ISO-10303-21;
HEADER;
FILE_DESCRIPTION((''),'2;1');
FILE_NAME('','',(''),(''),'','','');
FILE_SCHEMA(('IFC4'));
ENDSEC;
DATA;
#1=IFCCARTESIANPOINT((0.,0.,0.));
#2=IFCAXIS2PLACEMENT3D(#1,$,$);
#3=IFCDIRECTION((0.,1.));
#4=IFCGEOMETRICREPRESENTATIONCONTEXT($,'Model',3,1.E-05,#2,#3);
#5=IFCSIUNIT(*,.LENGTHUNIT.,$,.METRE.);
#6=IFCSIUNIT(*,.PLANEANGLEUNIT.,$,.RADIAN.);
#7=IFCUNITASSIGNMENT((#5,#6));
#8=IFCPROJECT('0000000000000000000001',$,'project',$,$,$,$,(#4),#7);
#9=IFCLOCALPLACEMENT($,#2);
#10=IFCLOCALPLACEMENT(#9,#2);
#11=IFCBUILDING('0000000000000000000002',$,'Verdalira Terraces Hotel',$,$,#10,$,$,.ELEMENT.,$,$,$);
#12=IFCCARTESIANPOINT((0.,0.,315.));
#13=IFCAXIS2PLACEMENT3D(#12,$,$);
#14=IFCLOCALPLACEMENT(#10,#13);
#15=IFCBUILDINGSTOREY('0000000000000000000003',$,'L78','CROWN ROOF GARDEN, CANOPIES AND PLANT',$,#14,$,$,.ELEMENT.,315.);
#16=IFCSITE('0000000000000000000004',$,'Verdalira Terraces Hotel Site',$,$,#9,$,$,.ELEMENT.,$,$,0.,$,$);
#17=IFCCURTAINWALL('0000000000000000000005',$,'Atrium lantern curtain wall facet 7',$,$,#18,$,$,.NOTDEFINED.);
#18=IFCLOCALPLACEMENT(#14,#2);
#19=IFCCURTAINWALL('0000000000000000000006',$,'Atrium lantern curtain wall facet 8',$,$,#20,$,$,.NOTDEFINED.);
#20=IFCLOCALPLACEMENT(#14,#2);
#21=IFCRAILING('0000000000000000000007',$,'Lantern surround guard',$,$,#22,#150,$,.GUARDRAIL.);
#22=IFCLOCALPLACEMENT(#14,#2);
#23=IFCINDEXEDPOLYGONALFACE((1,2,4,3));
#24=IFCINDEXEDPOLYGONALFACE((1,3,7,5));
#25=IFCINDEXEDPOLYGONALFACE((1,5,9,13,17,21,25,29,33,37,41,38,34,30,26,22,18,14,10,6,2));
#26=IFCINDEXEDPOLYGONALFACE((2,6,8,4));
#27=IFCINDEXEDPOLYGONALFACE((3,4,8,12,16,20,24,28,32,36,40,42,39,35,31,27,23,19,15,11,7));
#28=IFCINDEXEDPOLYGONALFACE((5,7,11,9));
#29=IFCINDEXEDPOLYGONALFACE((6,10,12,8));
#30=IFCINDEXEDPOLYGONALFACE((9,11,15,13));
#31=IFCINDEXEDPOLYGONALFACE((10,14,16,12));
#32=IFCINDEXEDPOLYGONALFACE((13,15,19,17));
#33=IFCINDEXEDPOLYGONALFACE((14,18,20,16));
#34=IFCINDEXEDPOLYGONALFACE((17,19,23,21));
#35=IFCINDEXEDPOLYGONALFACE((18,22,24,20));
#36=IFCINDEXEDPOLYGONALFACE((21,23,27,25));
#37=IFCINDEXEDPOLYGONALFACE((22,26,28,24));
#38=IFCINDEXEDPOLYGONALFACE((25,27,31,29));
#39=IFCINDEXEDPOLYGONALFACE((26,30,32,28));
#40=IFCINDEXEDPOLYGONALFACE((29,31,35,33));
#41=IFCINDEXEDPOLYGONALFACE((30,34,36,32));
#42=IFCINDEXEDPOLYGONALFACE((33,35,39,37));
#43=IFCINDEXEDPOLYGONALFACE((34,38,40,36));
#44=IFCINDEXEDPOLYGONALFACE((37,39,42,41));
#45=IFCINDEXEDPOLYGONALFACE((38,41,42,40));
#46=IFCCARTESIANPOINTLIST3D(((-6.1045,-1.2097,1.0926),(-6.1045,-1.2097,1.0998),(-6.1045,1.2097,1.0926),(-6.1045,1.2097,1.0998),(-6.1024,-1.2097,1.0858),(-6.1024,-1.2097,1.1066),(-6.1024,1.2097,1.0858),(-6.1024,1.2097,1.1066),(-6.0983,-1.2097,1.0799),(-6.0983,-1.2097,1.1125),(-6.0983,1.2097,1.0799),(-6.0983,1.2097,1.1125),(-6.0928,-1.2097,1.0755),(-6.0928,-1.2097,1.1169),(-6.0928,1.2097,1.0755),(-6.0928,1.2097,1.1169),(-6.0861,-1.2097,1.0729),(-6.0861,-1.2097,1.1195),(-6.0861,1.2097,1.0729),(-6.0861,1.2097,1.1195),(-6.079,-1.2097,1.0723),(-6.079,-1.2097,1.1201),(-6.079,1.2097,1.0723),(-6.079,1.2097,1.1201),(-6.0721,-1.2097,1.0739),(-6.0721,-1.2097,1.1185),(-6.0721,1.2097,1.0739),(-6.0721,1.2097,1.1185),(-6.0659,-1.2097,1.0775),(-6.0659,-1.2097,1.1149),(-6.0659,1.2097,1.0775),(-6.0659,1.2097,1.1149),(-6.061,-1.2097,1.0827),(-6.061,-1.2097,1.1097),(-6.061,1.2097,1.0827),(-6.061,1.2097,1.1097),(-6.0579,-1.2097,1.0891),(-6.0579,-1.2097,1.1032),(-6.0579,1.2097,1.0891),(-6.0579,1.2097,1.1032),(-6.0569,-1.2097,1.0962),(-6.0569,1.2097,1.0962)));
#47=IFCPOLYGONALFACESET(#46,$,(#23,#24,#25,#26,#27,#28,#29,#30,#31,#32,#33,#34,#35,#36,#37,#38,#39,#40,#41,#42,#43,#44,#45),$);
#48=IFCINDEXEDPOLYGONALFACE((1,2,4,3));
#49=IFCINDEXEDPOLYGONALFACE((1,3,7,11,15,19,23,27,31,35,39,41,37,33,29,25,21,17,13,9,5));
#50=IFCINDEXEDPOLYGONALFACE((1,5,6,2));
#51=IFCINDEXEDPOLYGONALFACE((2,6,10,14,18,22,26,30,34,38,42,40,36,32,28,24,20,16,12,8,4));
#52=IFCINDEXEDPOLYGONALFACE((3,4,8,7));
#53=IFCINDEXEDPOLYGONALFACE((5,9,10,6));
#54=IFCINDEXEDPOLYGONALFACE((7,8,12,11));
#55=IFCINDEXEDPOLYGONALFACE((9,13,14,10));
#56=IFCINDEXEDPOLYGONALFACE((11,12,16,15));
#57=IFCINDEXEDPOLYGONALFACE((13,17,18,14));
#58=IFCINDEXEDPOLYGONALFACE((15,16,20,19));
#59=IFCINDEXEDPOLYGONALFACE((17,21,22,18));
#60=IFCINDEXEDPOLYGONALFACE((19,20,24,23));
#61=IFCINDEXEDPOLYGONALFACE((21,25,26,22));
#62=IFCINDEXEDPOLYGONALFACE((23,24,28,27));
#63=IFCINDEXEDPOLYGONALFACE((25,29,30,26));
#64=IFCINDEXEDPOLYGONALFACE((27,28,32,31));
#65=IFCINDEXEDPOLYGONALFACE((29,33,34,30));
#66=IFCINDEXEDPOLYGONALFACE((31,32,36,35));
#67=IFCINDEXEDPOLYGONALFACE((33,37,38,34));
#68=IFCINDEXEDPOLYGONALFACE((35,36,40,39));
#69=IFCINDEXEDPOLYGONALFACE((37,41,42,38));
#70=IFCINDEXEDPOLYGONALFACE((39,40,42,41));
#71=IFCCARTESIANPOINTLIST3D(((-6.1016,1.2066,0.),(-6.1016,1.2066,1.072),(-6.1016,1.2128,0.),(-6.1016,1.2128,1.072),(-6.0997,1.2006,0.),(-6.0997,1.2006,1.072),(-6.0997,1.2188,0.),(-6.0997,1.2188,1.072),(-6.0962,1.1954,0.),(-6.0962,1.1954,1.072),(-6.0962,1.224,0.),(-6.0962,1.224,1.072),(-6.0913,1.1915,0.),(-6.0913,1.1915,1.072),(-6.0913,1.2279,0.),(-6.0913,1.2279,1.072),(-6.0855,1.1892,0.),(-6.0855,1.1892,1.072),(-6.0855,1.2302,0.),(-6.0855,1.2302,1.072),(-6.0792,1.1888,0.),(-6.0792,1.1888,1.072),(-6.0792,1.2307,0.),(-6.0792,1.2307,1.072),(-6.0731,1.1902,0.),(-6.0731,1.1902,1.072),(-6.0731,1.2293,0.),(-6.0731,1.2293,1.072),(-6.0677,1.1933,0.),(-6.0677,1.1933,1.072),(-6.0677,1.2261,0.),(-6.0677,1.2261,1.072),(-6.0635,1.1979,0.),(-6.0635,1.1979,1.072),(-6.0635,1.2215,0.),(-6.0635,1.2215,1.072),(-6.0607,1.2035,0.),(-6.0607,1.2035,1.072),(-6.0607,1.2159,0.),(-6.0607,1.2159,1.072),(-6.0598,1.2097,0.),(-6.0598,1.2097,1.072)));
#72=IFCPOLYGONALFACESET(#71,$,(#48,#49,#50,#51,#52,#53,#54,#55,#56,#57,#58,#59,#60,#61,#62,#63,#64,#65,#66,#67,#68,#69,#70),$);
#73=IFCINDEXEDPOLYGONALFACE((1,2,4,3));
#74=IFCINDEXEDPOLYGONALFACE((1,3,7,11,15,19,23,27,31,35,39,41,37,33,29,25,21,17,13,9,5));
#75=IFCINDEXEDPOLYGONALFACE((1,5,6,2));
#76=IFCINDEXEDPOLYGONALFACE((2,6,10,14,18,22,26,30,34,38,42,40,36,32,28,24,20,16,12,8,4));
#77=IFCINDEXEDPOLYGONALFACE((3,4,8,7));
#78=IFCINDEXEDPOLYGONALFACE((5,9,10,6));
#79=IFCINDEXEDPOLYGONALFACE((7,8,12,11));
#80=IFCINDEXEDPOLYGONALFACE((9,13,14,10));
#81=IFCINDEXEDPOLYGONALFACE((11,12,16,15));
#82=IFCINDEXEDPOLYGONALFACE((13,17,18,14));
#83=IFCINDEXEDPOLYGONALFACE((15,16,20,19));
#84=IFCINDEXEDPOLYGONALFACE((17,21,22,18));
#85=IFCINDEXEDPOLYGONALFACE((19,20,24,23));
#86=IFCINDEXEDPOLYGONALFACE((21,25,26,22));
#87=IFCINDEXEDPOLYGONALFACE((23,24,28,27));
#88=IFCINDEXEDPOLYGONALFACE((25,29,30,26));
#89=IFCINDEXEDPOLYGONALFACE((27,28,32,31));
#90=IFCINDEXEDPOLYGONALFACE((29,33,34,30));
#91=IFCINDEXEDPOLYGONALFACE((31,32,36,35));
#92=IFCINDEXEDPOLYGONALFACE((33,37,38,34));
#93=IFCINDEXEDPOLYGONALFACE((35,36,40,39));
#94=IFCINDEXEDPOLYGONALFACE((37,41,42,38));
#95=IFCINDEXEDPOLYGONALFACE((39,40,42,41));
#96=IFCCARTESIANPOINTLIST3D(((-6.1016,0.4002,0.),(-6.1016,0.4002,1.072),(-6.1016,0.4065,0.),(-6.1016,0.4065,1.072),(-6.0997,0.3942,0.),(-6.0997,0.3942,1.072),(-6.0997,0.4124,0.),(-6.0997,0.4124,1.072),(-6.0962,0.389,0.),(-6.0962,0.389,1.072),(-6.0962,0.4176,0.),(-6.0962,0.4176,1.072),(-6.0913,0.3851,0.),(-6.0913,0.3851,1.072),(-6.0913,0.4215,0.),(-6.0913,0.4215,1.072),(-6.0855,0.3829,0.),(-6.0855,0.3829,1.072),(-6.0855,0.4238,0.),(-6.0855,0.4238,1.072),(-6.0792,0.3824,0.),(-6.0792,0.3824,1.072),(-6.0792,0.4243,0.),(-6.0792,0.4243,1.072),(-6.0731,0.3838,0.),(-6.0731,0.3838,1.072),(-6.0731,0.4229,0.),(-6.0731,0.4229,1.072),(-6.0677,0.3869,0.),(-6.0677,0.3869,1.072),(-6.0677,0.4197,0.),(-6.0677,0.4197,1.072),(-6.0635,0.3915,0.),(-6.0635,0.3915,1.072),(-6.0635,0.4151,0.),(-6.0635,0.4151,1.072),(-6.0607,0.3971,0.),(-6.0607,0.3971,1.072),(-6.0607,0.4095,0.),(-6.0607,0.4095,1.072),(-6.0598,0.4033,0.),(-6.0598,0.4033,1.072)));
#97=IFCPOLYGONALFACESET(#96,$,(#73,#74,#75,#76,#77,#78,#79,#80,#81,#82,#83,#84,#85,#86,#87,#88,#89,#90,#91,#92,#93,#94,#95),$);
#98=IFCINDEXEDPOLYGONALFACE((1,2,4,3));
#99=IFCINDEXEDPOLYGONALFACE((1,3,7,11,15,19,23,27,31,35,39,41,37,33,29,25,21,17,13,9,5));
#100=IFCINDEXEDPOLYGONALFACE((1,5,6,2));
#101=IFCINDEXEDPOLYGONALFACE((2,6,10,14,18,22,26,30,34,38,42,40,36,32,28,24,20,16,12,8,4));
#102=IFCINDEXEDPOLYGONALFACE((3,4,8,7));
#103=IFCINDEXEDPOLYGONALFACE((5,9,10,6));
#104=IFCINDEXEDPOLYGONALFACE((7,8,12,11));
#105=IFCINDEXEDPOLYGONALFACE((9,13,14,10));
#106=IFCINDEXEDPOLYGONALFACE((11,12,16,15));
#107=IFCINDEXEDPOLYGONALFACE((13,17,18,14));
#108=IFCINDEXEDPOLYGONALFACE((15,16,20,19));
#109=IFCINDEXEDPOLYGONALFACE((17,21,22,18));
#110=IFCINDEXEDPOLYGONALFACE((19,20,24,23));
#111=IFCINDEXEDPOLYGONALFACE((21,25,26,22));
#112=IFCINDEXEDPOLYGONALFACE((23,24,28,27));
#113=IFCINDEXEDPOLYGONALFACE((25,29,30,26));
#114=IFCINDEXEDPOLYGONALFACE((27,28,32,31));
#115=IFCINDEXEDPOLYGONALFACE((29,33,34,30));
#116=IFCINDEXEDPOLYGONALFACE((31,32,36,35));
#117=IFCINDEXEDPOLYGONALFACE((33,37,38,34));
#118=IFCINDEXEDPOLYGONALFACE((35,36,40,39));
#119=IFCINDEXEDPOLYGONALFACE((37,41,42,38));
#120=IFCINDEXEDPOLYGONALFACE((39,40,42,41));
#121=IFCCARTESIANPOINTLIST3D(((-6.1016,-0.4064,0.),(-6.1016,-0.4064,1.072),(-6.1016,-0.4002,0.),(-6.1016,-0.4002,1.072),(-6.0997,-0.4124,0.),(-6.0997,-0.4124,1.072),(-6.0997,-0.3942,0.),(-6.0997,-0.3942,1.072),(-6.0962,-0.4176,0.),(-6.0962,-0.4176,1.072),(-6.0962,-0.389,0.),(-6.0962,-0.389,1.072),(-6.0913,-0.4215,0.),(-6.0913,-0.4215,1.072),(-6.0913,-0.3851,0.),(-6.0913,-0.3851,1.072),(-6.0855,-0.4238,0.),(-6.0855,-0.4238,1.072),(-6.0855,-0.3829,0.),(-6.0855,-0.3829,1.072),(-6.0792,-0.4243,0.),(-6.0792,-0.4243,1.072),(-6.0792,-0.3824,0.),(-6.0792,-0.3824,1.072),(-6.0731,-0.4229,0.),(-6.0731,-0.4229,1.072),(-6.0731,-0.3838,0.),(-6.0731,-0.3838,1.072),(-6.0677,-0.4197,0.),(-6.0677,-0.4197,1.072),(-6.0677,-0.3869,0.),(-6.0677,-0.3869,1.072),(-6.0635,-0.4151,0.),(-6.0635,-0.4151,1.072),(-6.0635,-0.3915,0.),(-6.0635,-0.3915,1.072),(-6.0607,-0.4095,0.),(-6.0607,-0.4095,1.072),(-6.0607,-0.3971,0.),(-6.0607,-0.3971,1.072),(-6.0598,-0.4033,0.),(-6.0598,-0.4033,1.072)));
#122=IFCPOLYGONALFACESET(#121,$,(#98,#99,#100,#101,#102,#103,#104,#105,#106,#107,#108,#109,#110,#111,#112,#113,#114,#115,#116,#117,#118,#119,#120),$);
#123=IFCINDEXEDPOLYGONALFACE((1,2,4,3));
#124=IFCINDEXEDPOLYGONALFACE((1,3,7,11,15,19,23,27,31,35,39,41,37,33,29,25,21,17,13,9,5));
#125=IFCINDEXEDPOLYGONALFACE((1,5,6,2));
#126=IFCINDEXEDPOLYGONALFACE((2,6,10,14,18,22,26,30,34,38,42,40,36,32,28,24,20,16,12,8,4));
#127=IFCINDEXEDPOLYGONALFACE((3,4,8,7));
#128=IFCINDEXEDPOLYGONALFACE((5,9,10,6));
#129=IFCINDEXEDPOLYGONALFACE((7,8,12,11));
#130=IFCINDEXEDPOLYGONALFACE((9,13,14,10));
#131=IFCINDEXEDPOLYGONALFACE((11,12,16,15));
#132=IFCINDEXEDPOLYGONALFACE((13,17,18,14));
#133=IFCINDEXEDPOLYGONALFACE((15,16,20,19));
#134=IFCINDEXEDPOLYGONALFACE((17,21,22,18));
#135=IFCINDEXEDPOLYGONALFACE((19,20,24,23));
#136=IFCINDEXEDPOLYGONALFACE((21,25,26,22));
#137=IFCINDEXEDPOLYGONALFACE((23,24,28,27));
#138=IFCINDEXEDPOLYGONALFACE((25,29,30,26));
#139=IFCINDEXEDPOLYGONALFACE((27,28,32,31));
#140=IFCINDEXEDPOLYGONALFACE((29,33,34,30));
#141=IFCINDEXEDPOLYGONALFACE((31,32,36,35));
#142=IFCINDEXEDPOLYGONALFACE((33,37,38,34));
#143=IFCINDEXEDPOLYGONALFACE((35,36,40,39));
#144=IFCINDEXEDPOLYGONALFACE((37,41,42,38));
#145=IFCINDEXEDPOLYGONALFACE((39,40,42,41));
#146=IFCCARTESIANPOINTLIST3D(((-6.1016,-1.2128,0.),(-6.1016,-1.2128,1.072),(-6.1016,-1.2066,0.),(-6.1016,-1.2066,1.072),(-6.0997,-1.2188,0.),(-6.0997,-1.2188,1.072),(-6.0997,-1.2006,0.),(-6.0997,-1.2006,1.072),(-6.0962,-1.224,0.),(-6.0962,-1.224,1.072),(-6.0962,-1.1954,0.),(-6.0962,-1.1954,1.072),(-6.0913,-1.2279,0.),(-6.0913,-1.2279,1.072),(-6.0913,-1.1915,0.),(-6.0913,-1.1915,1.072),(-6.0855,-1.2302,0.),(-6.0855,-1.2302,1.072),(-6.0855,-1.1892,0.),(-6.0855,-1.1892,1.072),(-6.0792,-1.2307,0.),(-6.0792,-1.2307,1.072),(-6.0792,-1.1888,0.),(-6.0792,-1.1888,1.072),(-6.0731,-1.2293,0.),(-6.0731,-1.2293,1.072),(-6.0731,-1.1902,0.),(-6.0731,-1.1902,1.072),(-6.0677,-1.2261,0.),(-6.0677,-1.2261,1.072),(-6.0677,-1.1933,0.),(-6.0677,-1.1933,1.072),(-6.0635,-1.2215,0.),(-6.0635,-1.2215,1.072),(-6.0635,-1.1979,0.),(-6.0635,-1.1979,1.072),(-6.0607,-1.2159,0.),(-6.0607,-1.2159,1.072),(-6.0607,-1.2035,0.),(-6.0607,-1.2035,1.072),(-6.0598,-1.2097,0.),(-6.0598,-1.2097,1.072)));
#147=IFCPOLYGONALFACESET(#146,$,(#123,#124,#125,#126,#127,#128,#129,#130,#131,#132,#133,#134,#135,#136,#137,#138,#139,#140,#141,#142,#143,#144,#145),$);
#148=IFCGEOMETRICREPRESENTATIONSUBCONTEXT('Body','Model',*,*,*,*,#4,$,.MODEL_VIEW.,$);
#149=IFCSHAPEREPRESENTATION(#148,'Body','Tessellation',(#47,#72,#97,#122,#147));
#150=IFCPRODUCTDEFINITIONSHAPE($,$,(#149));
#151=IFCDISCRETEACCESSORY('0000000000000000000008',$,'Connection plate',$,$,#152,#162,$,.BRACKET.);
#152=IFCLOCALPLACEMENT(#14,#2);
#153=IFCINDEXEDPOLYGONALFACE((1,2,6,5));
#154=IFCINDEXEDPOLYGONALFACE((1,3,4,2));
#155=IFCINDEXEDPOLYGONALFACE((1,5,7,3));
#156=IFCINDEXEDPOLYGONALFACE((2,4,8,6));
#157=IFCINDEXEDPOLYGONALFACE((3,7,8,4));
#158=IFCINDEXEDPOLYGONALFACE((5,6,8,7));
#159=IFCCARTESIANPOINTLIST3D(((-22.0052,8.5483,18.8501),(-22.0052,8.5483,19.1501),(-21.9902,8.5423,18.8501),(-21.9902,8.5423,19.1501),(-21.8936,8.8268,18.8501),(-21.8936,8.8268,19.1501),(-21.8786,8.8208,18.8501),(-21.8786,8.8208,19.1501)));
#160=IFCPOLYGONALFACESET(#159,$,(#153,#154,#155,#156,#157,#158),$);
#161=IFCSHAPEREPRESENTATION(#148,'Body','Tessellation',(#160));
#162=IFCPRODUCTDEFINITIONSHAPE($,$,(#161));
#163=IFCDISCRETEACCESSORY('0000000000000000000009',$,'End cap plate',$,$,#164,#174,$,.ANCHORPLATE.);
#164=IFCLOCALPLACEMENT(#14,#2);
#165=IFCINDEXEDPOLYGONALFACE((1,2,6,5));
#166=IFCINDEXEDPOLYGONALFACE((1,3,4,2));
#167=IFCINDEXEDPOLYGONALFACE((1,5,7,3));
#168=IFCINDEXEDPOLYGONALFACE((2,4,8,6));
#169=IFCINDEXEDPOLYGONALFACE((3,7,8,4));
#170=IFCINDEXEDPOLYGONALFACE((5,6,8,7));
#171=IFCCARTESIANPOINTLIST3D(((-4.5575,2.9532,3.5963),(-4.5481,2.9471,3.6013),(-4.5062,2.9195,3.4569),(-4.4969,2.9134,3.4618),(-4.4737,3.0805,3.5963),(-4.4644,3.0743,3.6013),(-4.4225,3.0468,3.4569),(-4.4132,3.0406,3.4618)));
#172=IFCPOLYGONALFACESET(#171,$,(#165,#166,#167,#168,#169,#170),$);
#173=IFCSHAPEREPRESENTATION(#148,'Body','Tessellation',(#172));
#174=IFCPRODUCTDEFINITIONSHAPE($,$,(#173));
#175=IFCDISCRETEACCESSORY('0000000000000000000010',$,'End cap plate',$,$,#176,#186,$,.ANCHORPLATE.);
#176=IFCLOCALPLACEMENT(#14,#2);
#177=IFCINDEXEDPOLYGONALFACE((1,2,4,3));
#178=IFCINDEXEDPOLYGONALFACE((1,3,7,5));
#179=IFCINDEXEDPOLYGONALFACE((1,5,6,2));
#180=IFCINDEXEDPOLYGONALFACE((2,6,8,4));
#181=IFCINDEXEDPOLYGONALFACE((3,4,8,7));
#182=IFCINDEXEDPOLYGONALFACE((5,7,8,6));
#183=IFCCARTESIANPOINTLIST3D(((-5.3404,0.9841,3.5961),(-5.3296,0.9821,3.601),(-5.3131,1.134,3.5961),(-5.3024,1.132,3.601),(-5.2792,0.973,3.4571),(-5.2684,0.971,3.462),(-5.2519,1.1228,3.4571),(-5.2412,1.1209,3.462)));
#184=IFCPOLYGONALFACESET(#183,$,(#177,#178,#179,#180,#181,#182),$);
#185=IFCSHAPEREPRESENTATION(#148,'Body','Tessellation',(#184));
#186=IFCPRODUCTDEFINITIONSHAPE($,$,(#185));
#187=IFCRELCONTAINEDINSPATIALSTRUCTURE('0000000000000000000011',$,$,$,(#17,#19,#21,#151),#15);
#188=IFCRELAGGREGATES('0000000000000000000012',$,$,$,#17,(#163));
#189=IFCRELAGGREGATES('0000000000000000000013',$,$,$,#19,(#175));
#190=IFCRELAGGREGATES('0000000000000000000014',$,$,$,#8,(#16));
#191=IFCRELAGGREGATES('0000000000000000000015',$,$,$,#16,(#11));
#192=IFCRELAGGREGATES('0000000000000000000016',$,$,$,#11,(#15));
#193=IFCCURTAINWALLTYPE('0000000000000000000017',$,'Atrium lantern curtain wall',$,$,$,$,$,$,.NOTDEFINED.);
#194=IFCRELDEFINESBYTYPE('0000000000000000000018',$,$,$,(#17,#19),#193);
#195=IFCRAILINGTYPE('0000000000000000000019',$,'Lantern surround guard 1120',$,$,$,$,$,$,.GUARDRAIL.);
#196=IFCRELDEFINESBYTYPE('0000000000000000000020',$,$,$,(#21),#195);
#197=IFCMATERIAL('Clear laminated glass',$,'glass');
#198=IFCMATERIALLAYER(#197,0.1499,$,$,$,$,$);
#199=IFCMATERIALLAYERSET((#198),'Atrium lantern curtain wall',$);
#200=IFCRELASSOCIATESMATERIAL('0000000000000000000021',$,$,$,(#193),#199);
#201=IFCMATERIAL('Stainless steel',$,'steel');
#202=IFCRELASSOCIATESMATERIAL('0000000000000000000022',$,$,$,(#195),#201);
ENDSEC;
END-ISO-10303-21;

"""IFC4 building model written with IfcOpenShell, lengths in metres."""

from ifc_helpers import new_model, si_unit, direction, frame, origin, origin_2d, place, context, subcontext, project, spatial, rectangle, circle, extrude, material, layer, layer_set, type_object, element, aggregate, save


model = new_model("IFC4")

# Units and contexts
model_context = context("Model", 3, precision=1e-05, world=origin(), true_north=direction((0.0, 1.0)))
body_context = subcontext(model_context, "Body", "Model", "MODEL_VIEW")
ifc_project = project(units=[si_unit("LENGTHUNIT", "METRE"), si_unit("PLANEANGLEUNIT", "RADIAN")], contexts=[model_context])

# Site, building, storey
site_placement = place(None, origin())
site = spatial("IfcSite", under=ifc_project, at=site_placement, Name="Verdalira Terraces Hotel Site", CompositionType="ELEMENT", RefElevation=0.0)
building_placement = place(site_placement, origin())
building = spatial("IfcBuilding", under=site, at=building_placement, Name="Verdalira Terraces Hotel", CompositionType="ELEMENT")
storey_placement = place(building_placement, frame((0.0, 0.0, 315.0)))
storey = spatial("IfcBuildingStorey", under=building, at=storey_placement, Name="L78", Description="CROWN ROOF GARDEN, CANOPIES AND PLANT", CompositionType="ELEMENT", Elevation=315.0)

# Curtain wall
ifc_material_1 = material(Name="Clear laminated glass", Category="glass")
ifc_layer_1 = layer(ifc_material_1, 0.1499)
ifc_layer_set_1 = layer_set([ifc_layer_1], Name="Atrium lantern curtain wall")
curtain_wall_type = type_object("IfcCurtainWallType", Name="Atrium lantern curtain wall", PredefinedType="NOTDEFINED", material=ifc_layer_set_1)
curtain_wall_1_placement = place(storey_placement, origin())
curtain_wall_1 = element("IfcCurtainWall", 1, at=curtain_wall_1_placement, inside=storey, type_object=curtain_wall_type, Name="Atrium lantern curtain wall facet 7", PredefinedType="NOTDEFINED")

# Curtain wall
curtain_wall_2_placement = place(storey_placement, origin())
curtain_wall_2 = element("IfcCurtainWall", 2, at=curtain_wall_2_placement, inside=storey, type_object=curtain_wall_type, Name="Atrium lantern curtain wall facet 8", PredefinedType="NOTDEFINED")

# Railing
ifc_material_2 = material(Name="Stainless steel", Category="steel")
railing_type = type_object("IfcRailingType", Name="Lantern surround guard 1120", PredefinedType="GUARDRAIL", material=ifc_material_2)
railing_1_placement = place(storey_placement, frame((-6.0808, 1.2097, 0.0)))
element("IfcRailing", 3, at=railing_1_placement, inside=storey, type_object=railing_type, Name="Lantern surround guard", PredefinedType="GUARDRAIL", context=body_context, shape_type="SweptSolid", body=[
    extrude(circle(Radius=0.0239, at=origin_2d()), frame((0.0, 0.0, 1.0962), z_axis=(0.0, -1.0, 0.0), x_axis=(1.0, 0.0, 0.0)), (0.0, 0.0, 1.0), 2.4194),
    extrude(circle(Radius=0.021, at=origin_2d()), origin(), (0.0, 0.0, 1.0), 1.072),
    extrude(circle(Radius=0.021, at=origin_2d()), frame((0.0, -0.8064, 0.0)), (0.0, 0.0, 1.0), 1.072),
    extrude(circle(Radius=0.021, at=origin_2d()), frame((0.0, -1.613, 0.0)), (0.0, 0.0, 1.0), 1.072),
    extrude(circle(Radius=0.021, at=origin_2d()), frame((0.0, -2.4194, 0.0)), (0.0, 0.0, 1.0), 1.072),
])

# Discrete accessories
discrete_accessory_1_placement = place(storey_placement, frame((-21.9419, 8.6846, 18.8501), z_axis=(0.0, 0.0, 1.0), x_axis=(-0.372016, -0.928226, 0.0)))
element("IfcDiscreteAccessory", 4, at=discrete_accessory_1_placement, inside=storey, Name="Connection plate", PredefinedType="BRACKET", context=body_context, shape_type="SweptSolid", body=[
    extrude(rectangle(XDim=0.3, YDim=0.0161, at=origin_2d()), origin(), (0.0, 0.0, 1.0), 0.3),
])
discrete_accessory_2_placement = place(storey_placement, frame((-4.49, 3.0, 3.5266), z_axis=(0.764756, -0.503129, 0.402503), x_axis=(0.549617, 0.835417, 0.0)))
discrete_accessory_2 = element("IfcDiscreteAccessory", 5, at=discrete_accessory_2_placement, Name="End cap plate", PredefinedType="ANCHORPLATE", context=body_context, shape_type="SweptSolid", body=[
    extrude(rectangle(XDim=0.1523, YDim=0.1523, at=origin_2d()), origin(), (0.0, 0.0, 1.0), 0.0122),
])
aggregate(curtain_wall_1, [discrete_accessory_2])
discrete_accessory_3_placement = place(storey_placement, frame((-5.2961, 1.0535, 3.5266), z_axis=(0.898146, -0.163299, 0.408248), x_axis=(0.178885, 0.98387, 0.0)))
discrete_accessory_3 = element("IfcDiscreteAccessory", 6, at=discrete_accessory_3_placement, Name="End cap plate", PredefinedType="ANCHORPLATE", context=body_context, shape_type="SweptSolid", body=[
    extrude(rectangle(XDim=0.1523, YDim=0.1523, at=origin_2d()), origin(), (0.0, 0.0, 1.0), 0.012),
])
aggregate(curtain_wall_2, [discrete_accessory_3])

save(model, "model.ifc")
